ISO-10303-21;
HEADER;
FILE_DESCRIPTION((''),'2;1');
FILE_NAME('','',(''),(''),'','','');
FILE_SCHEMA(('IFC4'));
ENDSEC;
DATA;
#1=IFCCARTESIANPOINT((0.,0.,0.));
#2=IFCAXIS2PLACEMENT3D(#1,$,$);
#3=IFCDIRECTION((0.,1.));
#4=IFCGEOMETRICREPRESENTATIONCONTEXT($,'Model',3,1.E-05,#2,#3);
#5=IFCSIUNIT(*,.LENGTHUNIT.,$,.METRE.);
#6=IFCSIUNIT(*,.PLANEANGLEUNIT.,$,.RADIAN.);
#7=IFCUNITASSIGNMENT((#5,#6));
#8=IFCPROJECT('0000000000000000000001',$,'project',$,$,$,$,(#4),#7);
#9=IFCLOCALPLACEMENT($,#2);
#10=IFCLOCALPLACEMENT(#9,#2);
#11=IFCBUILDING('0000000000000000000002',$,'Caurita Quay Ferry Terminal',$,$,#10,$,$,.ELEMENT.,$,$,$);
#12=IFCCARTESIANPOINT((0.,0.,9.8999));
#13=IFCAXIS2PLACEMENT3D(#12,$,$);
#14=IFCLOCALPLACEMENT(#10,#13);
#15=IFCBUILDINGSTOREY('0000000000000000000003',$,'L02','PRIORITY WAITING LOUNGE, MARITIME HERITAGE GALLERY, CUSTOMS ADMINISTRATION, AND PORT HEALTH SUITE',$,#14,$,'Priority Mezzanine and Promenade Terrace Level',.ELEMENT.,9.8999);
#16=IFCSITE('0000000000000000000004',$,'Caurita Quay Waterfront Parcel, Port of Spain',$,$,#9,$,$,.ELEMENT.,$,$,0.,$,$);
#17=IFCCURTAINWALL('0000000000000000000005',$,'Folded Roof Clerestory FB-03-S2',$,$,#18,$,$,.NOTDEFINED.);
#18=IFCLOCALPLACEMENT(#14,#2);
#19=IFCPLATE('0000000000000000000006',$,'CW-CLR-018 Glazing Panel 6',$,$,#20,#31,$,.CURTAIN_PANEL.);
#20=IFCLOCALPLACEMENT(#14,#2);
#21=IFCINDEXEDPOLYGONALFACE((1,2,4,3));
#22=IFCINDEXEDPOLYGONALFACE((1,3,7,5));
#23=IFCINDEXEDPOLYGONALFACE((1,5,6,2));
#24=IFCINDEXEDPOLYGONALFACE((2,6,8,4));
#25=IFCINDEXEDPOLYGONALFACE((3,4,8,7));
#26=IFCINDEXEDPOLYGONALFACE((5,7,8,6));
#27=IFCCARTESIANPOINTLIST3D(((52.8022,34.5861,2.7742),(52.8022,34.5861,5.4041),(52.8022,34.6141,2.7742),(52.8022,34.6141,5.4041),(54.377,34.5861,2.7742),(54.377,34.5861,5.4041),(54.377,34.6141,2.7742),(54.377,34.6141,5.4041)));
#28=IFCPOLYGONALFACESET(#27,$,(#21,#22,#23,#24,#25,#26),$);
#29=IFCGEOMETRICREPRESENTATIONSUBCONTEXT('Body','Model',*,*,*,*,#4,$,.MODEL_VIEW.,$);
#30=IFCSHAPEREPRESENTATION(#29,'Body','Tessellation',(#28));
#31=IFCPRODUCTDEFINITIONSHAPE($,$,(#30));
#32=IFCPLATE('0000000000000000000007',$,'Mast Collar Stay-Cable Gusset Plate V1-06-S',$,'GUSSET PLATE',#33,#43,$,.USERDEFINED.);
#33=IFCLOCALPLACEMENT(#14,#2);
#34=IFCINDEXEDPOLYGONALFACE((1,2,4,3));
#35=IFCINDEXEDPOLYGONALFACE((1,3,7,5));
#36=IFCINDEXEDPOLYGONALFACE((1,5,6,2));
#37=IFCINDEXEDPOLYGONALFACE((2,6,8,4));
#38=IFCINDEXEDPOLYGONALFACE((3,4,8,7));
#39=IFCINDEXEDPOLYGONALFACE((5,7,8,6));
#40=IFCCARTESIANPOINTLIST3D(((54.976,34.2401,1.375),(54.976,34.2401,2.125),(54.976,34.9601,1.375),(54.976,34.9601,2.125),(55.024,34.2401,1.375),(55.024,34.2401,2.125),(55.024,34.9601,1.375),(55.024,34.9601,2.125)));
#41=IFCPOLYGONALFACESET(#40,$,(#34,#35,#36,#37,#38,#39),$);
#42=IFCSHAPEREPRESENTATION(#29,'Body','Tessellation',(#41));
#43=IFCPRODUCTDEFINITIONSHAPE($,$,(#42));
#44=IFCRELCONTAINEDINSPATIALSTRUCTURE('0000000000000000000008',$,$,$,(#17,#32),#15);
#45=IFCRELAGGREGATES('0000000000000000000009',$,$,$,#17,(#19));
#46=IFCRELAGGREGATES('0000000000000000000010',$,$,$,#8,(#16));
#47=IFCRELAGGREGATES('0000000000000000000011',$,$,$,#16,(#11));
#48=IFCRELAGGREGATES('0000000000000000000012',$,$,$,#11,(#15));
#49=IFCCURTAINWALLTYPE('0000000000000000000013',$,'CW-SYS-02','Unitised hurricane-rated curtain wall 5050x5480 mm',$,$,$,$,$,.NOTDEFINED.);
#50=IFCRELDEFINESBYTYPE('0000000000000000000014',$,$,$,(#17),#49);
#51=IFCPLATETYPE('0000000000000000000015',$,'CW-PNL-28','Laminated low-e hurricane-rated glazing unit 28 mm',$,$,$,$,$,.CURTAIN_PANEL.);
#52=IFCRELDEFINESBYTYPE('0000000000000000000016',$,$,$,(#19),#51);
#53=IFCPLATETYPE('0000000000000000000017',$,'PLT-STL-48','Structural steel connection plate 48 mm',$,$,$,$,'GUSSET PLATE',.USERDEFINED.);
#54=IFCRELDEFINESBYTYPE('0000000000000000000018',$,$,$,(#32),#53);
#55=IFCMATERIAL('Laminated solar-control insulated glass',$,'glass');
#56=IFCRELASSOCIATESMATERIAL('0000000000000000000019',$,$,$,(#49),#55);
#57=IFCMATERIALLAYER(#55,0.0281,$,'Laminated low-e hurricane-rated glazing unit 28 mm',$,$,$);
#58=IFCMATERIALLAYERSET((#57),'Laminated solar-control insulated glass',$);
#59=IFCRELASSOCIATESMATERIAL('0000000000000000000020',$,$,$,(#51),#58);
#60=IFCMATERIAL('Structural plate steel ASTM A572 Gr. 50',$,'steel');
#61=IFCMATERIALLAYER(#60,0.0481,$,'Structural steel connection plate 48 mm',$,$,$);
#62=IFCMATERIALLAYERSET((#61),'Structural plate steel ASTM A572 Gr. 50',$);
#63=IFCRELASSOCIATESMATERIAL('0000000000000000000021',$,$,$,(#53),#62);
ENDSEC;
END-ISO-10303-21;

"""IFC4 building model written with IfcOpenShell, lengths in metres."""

from ifc_helpers import new_model, si_unit, direction, frame, origin, origin_2d, place, context, subcontext, project, spatial, rectangle, extrude, material, layer, layer_set, type_object, element, aggregate, save


model = new_model("IFC4")

# Units and contexts
model_context = context("Model", 3, precision=1e-05, world=origin(), true_north=direction((0.0, 1.0)))
body_context = subcontext(model_context, "Body", "Model", "MODEL_VIEW")
ifc_project = project(units=[si_unit("LENGTHUNIT", "METRE"), si_unit("PLANEANGLEUNIT", "RADIAN")], contexts=[model_context])

# Site, building, storey
site_placement = place(None, origin())
site = spatial("IfcSite", under=ifc_project, at=site_placement, Name="Caurita Quay Waterfront Parcel, Port of Spain", CompositionType="ELEMENT", RefElevation=0.0)
building_placement = place(site_placement, origin())
building = spatial("IfcBuilding", under=site, at=building_placement, Name="Caurita Quay Ferry Terminal", CompositionType="ELEMENT")
storey_placement = place(building_placement, frame((0.0, 0.0, 9.8999)))
storey = spatial("IfcBuildingStorey", under=building, at=storey_placement, Name="L02", Description="PRIORITY WAITING LOUNGE, MARITIME HERITAGE GALLERY, CUSTOMS ADMINISTRATION, AND PORT HEALTH SUITE", LongName="Priority Mezzanine and Promenade Terrace Level", CompositionType="ELEMENT", Elevation=9.8999)

# Curtain wall, plate
ifc_material_1 = material(Name="Laminated solar-control insulated glass", Category="glass")
curtain_wall_type = type_object("IfcCurtainWallType", Name="CW-SYS-02", Description="Unitised hurricane-rated curtain wall 5050x5480 mm", PredefinedType="NOTDEFINED", material=ifc_material_1)
curtain_wall_placement = place(storey_placement, origin())
curtain_wall = element("IfcCurtainWall", 1, at=curtain_wall_placement, inside=storey, type_object=curtain_wall_type, Name="Folded Roof Clerestory FB-03-S2", PredefinedType="NOTDEFINED")
ifc_layer_1 = layer(ifc_material_1, 0.0281, Name="Laminated low-e hurricane-rated glazing unit 28 mm")
ifc_layer_set_1 = layer_set([ifc_layer_1], Name="Laminated solar-control insulated glass")
plate_type_1 = type_object("IfcPlateType", Name="CW-PNL-28", Description="Laminated low-e hurricane-rated glazing unit 28 mm", PredefinedType="CURTAIN_PANEL", material=ifc_layer_set_1)
plate_1_placement = place(storey_placement, frame((53.5896, 34.6001, 2.7742), z_axis=(0.0, 0.0, 1.0), x_axis=(1.0, 0.0, 0.0)))
plate_1 = element("IfcPlate", 2, at=plate_1_placement, type_object=plate_type_1, Name="CW-CLR-018 Glazing Panel 6", PredefinedType="CURTAIN_PANEL", context=body_context, shape_type="SweptSolid", body=[
    extrude(rectangle(XDim=1.5747, YDim=0.0281, at=origin_2d()), origin(), (0.0, 0.0, 1.0), 2.6299),
])
aggregate(curtain_wall, [plate_1])

# Plate
ifc_material_2 = material(Name="Structural plate steel ASTM A572 Gr. 50", Category="steel")
ifc_layer_2 = layer(ifc_material_2, 0.0481, Name="Structural steel connection plate 48 mm")
ifc_layer_set_2 = layer_set([ifc_layer_2], Name="Structural plate steel ASTM A572 Gr. 50")
plate_type_2 = type_object("IfcPlateType", Name="PLT-STL-48", Description="Structural steel connection plate 48 mm", ElementType="GUSSET PLATE", PredefinedType="USERDEFINED", material=ifc_layer_set_2)
plate_2_placement = place(storey_placement, frame((55.0, 34.6001, 1.375), z_axis=(0.0, 0.0, 1.0), x_axis=(1.0, 0.0, 0.0)))
element("IfcPlate", 3, at=plate_2_placement, inside=storey, type_object=plate_type_2, Name="Mast Collar Stay-Cable Gusset Plate V1-06-S", ObjectType="GUSSET PLATE", PredefinedType="USERDEFINED", context=body_context, shape_type="SweptSolid", body=[
    extrude(rectangle(XDim=0.0481, YDim=0.72, at=origin_2d()), origin(), (0.0, 0.0, 1.0), 0.75),
])

save(model, "model.ifc")
